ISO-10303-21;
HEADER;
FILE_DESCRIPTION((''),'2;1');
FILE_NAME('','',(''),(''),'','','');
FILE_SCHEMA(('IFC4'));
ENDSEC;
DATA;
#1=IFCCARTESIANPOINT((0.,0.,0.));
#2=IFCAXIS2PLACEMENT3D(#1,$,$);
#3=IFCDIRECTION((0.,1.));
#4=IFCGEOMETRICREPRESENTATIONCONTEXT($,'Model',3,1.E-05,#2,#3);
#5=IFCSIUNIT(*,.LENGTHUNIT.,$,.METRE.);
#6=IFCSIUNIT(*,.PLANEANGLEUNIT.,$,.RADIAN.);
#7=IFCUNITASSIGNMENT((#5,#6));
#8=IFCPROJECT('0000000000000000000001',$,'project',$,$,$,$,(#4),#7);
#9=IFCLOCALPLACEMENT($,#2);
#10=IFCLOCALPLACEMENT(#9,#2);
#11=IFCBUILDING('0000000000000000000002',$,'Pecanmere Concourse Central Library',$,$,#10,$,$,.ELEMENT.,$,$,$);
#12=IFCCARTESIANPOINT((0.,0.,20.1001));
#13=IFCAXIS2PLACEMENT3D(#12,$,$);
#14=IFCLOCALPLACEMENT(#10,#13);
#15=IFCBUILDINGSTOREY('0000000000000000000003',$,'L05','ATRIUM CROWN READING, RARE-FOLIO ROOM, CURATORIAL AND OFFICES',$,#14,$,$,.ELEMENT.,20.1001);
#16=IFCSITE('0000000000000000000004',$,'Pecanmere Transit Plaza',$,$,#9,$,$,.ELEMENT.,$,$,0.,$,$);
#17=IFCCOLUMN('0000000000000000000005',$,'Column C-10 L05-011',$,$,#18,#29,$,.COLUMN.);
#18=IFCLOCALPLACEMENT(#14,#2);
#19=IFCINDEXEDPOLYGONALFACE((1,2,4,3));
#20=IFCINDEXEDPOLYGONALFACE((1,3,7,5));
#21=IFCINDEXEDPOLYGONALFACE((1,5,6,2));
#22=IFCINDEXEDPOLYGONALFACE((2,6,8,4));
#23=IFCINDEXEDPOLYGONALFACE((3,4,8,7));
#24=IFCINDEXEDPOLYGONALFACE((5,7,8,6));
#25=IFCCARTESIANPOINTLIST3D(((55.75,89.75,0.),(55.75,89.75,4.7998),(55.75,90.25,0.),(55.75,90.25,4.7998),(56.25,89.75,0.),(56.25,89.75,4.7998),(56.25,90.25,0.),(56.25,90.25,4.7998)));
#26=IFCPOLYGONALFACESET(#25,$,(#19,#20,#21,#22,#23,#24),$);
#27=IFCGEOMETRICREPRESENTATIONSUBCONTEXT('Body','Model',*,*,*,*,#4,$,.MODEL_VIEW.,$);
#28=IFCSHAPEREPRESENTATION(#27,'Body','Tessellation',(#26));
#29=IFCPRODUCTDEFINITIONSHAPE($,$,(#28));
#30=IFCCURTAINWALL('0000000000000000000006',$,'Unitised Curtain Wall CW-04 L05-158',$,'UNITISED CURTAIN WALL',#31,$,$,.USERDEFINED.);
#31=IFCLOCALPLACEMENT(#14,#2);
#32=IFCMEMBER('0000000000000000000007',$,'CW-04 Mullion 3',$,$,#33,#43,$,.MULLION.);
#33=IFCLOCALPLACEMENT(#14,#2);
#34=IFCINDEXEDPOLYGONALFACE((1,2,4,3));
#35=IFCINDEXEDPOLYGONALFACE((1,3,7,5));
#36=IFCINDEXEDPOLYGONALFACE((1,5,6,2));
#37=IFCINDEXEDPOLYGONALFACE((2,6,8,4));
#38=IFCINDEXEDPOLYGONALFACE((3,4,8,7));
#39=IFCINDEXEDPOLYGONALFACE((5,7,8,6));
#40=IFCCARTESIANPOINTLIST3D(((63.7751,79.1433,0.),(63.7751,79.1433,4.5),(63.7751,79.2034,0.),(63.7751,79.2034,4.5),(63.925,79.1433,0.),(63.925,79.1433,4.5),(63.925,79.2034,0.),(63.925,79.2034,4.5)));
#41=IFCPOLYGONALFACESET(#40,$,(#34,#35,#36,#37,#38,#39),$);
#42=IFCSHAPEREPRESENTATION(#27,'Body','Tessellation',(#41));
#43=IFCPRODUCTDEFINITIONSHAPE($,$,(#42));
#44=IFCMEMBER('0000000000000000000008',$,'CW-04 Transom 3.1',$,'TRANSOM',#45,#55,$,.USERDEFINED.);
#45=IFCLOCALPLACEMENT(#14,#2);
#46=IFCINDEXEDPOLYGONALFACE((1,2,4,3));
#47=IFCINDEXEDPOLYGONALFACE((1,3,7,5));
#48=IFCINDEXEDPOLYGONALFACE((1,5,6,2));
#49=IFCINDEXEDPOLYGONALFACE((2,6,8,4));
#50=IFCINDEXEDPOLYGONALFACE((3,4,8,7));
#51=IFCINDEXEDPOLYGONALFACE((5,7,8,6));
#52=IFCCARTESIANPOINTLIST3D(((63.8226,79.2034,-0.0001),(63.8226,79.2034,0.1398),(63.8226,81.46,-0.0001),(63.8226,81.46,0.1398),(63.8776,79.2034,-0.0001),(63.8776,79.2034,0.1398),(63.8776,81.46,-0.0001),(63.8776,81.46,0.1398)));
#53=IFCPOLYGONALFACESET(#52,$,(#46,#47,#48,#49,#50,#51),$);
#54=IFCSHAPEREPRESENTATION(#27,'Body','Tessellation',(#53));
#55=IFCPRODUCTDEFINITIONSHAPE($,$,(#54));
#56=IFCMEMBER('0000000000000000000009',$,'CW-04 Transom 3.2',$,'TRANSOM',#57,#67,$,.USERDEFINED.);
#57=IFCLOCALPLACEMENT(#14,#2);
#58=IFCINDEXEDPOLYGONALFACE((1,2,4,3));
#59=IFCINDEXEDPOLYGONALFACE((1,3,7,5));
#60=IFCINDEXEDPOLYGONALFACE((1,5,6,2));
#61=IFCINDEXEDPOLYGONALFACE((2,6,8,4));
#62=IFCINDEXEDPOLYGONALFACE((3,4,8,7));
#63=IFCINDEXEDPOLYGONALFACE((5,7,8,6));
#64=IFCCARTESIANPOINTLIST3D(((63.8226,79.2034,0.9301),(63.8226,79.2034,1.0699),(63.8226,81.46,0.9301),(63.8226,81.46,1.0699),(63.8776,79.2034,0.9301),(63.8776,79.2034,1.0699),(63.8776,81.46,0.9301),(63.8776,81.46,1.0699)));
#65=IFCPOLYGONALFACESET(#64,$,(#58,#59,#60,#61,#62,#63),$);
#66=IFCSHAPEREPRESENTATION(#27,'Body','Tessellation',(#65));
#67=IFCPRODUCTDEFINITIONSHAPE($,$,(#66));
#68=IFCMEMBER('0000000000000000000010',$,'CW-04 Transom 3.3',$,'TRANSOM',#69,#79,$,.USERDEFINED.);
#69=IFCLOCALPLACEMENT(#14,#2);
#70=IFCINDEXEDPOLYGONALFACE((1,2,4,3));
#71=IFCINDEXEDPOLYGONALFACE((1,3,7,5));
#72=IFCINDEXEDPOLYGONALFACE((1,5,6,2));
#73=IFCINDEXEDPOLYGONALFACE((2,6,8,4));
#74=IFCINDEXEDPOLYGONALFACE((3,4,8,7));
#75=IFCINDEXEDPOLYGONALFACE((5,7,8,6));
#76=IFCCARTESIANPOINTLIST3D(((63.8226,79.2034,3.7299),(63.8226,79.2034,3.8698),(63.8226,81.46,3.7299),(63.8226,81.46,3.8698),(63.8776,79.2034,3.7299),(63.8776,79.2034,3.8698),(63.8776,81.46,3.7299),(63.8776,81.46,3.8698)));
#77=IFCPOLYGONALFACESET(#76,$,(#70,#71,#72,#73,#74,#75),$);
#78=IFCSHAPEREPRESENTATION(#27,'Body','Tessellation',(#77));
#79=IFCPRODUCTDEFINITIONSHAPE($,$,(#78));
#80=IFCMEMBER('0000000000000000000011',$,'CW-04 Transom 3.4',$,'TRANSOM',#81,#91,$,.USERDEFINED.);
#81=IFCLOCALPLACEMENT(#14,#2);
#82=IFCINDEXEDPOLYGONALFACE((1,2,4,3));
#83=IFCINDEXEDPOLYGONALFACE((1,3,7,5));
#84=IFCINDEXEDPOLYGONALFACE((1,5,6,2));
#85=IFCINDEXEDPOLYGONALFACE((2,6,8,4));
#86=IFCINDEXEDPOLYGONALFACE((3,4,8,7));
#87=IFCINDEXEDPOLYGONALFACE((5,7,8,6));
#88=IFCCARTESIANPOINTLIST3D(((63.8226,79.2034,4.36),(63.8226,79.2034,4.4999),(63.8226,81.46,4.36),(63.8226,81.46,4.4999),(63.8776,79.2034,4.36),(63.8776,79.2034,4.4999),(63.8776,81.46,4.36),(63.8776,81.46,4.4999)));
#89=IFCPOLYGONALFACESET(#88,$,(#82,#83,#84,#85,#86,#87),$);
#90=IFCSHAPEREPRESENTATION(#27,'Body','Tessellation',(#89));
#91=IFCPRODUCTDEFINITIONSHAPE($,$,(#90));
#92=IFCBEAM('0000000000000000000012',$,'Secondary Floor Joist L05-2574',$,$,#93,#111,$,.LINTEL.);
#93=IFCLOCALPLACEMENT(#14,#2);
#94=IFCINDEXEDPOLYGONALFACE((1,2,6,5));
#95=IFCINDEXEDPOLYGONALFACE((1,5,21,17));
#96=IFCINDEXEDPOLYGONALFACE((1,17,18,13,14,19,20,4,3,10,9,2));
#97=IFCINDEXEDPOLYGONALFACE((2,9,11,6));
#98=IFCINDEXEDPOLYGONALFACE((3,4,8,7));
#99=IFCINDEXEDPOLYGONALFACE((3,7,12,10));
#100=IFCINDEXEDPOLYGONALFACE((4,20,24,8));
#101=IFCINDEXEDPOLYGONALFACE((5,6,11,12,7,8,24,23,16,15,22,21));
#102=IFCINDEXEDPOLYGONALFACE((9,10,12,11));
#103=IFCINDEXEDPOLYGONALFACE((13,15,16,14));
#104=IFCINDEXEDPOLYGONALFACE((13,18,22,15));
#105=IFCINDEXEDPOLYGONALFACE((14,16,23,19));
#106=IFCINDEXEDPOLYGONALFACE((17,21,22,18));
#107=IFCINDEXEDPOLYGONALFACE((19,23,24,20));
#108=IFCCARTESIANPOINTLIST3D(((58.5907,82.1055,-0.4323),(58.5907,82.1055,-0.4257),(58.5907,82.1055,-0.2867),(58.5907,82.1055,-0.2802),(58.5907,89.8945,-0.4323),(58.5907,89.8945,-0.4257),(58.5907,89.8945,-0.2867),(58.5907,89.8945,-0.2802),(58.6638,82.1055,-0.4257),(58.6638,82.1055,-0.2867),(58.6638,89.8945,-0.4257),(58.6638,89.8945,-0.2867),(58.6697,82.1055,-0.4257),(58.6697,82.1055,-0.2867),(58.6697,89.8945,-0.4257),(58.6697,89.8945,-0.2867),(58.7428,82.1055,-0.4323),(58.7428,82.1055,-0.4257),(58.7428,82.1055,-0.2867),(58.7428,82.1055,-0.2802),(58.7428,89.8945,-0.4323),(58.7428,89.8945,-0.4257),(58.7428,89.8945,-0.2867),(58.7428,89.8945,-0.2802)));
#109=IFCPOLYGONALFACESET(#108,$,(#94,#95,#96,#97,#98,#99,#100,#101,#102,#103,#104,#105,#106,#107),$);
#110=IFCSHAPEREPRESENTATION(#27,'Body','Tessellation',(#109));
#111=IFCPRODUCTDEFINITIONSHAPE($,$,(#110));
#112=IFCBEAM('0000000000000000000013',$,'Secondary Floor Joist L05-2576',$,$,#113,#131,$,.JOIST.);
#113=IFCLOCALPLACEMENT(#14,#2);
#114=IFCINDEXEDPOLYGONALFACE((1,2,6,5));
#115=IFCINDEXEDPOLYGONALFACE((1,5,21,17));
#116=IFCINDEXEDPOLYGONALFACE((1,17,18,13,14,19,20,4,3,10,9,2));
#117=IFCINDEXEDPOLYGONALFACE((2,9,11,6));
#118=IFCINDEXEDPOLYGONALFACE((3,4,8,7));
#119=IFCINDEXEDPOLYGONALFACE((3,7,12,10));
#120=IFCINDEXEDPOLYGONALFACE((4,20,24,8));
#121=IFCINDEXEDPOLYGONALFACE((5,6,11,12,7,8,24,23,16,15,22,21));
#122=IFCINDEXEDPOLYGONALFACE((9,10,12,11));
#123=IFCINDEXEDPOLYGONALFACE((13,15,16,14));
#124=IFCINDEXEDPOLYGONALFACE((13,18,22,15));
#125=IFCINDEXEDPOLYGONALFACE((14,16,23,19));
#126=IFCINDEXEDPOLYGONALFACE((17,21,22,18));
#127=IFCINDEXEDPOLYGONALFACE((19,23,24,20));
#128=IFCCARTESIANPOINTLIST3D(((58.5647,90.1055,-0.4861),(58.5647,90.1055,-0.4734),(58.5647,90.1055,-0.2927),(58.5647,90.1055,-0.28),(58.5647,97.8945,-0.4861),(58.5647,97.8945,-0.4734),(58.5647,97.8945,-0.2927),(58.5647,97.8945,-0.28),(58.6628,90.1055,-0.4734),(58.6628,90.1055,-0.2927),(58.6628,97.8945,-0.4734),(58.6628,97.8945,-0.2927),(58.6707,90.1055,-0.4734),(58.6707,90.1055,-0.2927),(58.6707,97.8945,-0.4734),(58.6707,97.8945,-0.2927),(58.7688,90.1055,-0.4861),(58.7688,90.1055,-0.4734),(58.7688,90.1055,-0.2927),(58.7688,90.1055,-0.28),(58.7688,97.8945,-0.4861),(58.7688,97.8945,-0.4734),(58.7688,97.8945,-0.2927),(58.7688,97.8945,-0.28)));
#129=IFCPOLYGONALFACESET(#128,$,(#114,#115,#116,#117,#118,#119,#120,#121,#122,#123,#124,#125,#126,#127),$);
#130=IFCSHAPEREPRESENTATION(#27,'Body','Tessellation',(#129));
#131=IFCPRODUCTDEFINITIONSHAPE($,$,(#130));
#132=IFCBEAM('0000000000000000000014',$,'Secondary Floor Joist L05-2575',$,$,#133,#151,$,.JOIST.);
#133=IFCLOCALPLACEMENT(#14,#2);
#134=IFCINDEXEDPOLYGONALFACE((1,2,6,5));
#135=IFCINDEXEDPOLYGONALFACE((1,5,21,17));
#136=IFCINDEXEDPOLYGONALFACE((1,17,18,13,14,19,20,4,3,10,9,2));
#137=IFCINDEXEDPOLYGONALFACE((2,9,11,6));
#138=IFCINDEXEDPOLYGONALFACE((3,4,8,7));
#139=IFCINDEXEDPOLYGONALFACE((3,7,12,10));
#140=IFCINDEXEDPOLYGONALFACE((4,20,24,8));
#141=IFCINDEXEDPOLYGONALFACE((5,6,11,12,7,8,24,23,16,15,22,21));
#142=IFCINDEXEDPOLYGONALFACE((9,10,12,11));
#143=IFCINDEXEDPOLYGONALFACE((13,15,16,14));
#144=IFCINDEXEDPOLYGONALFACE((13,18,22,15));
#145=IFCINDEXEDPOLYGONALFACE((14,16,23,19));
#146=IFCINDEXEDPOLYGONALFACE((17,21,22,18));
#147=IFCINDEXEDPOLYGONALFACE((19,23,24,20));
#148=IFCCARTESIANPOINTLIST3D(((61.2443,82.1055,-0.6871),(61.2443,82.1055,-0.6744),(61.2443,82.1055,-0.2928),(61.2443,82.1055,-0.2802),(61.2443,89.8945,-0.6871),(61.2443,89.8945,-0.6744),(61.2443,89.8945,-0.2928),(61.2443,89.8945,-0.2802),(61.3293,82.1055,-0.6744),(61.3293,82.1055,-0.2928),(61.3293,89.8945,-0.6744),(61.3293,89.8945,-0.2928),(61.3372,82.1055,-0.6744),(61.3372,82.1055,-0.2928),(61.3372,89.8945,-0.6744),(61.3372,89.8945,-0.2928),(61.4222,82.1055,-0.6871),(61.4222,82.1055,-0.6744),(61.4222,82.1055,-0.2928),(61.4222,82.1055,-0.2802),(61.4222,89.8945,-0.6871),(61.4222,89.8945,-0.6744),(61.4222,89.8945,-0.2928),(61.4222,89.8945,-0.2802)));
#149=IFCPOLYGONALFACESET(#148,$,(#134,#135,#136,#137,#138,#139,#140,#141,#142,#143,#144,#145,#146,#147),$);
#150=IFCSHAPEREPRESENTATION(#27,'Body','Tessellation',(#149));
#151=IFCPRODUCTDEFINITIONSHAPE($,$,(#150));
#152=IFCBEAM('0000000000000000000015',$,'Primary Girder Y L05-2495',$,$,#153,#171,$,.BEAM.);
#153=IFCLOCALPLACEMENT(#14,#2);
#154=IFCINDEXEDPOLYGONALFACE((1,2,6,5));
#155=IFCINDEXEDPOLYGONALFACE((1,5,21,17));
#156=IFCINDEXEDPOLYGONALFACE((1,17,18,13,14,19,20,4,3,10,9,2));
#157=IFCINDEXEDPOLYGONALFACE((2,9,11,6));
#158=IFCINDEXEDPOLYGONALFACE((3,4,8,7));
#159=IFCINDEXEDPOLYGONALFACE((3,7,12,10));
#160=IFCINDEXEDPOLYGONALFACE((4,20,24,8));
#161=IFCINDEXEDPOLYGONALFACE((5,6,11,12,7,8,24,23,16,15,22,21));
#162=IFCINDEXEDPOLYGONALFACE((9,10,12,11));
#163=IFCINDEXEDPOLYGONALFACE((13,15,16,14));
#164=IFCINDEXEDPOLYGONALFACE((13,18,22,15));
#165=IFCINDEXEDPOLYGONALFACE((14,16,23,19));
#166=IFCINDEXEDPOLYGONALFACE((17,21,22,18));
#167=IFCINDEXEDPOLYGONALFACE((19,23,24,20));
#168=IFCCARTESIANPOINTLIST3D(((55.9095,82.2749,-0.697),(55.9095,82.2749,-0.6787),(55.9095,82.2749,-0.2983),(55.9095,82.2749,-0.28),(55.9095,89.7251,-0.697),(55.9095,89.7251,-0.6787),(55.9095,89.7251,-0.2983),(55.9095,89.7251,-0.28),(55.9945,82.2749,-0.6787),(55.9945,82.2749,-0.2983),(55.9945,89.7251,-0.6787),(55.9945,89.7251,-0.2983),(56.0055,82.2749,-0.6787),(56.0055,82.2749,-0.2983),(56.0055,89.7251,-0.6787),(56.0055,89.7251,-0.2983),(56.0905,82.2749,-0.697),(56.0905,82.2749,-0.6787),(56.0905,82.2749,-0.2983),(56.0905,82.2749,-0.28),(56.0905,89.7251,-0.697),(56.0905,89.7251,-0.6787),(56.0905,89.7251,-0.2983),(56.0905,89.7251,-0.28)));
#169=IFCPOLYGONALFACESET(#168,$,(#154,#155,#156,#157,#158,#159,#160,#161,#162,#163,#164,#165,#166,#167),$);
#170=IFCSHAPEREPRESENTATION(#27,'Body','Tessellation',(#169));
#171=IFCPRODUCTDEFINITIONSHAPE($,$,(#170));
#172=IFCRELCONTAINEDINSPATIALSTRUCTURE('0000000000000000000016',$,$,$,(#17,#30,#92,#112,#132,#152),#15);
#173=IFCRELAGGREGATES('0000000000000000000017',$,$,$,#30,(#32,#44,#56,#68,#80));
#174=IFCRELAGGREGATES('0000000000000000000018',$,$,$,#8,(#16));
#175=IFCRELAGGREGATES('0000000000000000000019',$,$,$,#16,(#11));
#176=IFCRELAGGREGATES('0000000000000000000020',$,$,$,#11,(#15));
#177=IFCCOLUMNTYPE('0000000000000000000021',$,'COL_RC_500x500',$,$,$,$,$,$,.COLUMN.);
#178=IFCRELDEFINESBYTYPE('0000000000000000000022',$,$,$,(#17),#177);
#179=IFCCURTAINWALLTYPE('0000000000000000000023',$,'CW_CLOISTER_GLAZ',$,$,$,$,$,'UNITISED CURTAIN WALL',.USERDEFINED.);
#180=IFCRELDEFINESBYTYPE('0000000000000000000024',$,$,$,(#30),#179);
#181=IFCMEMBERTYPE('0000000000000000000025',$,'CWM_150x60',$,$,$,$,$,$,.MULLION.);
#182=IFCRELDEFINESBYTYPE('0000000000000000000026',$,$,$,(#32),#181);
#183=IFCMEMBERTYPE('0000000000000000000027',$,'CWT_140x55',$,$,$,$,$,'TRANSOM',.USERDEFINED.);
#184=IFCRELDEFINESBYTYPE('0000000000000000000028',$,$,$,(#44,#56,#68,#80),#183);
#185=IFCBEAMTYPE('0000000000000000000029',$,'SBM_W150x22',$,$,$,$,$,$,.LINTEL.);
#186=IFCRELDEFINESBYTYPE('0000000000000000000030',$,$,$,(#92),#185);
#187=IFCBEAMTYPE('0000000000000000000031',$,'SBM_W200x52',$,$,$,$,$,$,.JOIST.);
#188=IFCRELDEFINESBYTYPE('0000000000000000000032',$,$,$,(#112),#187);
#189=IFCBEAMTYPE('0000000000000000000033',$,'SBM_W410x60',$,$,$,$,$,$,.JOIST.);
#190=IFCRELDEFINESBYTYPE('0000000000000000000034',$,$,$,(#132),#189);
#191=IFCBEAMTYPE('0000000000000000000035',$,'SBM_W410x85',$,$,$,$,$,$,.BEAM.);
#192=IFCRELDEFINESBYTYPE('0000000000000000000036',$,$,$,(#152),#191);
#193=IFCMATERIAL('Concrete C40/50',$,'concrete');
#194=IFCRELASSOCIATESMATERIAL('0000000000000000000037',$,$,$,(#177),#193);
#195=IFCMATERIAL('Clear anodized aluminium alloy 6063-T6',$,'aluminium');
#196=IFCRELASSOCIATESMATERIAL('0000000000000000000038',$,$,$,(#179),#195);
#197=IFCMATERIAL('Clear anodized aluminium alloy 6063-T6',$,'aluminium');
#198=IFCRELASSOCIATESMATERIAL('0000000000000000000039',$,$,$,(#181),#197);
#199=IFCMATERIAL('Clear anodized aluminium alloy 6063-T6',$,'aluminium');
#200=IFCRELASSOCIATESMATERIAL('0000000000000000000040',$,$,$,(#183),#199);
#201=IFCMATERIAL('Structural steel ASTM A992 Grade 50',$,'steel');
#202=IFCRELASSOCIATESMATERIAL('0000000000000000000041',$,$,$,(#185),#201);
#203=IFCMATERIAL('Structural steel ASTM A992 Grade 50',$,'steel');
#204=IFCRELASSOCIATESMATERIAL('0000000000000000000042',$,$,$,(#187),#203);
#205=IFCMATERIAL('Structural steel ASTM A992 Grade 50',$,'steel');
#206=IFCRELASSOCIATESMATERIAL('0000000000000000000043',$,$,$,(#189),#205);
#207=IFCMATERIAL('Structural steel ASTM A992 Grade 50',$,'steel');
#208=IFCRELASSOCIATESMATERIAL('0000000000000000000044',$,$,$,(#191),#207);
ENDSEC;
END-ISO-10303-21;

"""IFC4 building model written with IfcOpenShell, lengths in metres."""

from ifc_helpers import new_model, si_unit, direction, frame, origin, origin_2d, place, context, subcontext, project, spatial, rectangle, i_section, extrude, material, material_profile, profile_set, type_object, element, aggregate, save


model = new_model("IFC4")

# Units and contexts
model_context = context("Model", 3, precision=1e-05, world=origin(), true_north=direction((0.0, 1.0)))
body_context = subcontext(model_context, "Body", "Model", "MODEL_VIEW")
ifc_project = project(units=[si_unit("LENGTHUNIT", "METRE"), si_unit("PLANEANGLEUNIT", "RADIAN")], contexts=[model_context])

# Site, building, storey
site_placement = place(None, origin())
site = spatial("IfcSite", under=ifc_project, at=site_placement, Name="Pecanmere Transit Plaza", CompositionType="ELEMENT", RefElevation=0.0)
building_placement = place(site_placement, origin())
building = spatial("IfcBuilding", under=site, at=building_placement, Name="Pecanmere Concourse Central Library", CompositionType="ELEMENT")
storey_placement = place(building_placement, frame((0.0, 0.0, 20.1001)))
storey = spatial("IfcBuildingStorey", under=building, at=storey_placement, Name="L05", Description="ATRIUM CROWN READING, RARE-FOLIO ROOM, CURATORIAL AND OFFICES", CompositionType="ELEMENT", Elevation=20.1001)

# Column
ifc_material_1 = material(Name="Concrete C40/50", Category="concrete")
ifc_material_profile_1 = material_profile(ifc_material_1, rectangle(XDim=0.5, YDim=0.5, at=origin_2d()), Name="RC 500x500")
ifc_profile_set_1 = profile_set([ifc_material_profile_1], Name="Concrete C40/50")
column_type = type_object("IfcColumnType", Name="COL_RC_500x500", PredefinedType="COLUMN", material=ifc_profile_set_1)
column_placement = place(storey_placement, frame((56.0, 90.0, 0.0), z_axis=(0.0, 0.0, 1.0), x_axis=(1.0, 0.0, 0.0)))
element("IfcColumn", 1, at=column_placement, inside=storey, type_object=column_type, Name="Column C-10 L05-011", PredefinedType="COLUMN", context=body_context, shape_type="SweptSolid", body=[
    extrude(rectangle(XDim=0.5, YDim=0.5, at=origin_2d()), origin(), (0.0, 0.0, 1.0), 4.7998),
])

# Curtain wall, members
ifc_material_2 = material(Name="Clear anodized aluminium alloy 6063-T6", Category="aluminium")
curtain_wall_type = type_object("IfcCurtainWallType", Name="CW_CLOISTER_GLAZ", ElementType="UNITISED CURTAIN WALL", PredefinedType="USERDEFINED", material=ifc_material_2)
curtain_wall_placement = place(storey_placement, origin())
curtain_wall = element("IfcCurtainWall", 2, at=curtain_wall_placement, inside=storey, type_object=curtain_wall_type, Name="Unitised Curtain Wall CW-04 L05-158", ObjectType="UNITISED CURTAIN WALL", PredefinedType="USERDEFINED")
ifc_material_3 = material(Name="Clear anodized aluminium alloy 6063-T6", Category="aluminium")
ifc_material_profile_2 = material_profile(ifc_material_3, rectangle(XDim=0.0601, YDim=0.1499, at=origin_2d()), Name="AL 60x150")
ifc_profile_set_2 = profile_set([ifc_material_profile_2], Name="Clear anodized aluminium alloy 6063-T6")
member_type_1 = type_object("IfcMemberType", Name="CWM_150x60", PredefinedType="MULLION", material=ifc_profile_set_2)
member_1_placement = place(storey_placement, frame((63.8501, 79.1733, 0.0), z_axis=(0.0, 0.0, 1.0), x_axis=(0.0, 1.0, 0.0)))
member_1 = element("IfcMember", 3, at=member_1_placement, type_object=member_type_1, Name="CW-04 Mullion 3", PredefinedType="MULLION", context=body_context, shape_type="SweptSolid", body=[
    extrude(rectangle(XDim=0.0601, YDim=0.1499, at=origin_2d()), origin(), (0.0, 0.0, 1.0), 4.5),
])
ifc_material_4 = material(Name="Clear anodized aluminium alloy 6063-T6", Category="aluminium")
ifc_material_profile_3 = material_profile(ifc_material_4, rectangle(XDim=0.0549, YDim=0.1399, at=origin_2d()), Name="AL 55x140")
ifc_profile_set_3 = profile_set([ifc_material_profile_3], Name="Clear anodized aluminium alloy 6063-T6")
member_type_2 = type_object("IfcMemberType", Name="CWT_140x55", ElementType="TRANSOM", PredefinedType="USERDEFINED", material=ifc_profile_set_3)
member_2_placement = place(storey_placement, frame((63.8501, 79.2034, 0.0698), z_axis=(0.0, 1.0, 0.0), x_axis=(-1.0, 0.0, 0.0)))
member_2 = element("IfcMember", 4, at=member_2_placement, type_object=member_type_2, Name="CW-04 Transom 3.1", ObjectType="TRANSOM", PredefinedType="USERDEFINED", context=body_context, shape_type="SweptSolid", body=[
    extrude(rectangle(XDim=0.0549, YDim=0.1399, at=origin_2d()), origin(), (0.0, 0.0, 1.0), 2.2566),
])
member_3_placement = place(storey_placement, frame((63.8501, 79.2034, 1.0), z_axis=(0.0, 1.0, 0.0), x_axis=(-1.0, 0.0, 0.0)))
member_3 = element("IfcMember", 5, at=member_3_placement, type_object=member_type_2, Name="CW-04 Transom 3.2", ObjectType="TRANSOM", PredefinedType="USERDEFINED", context=body_context, shape_type="SweptSolid", body=[
    extrude(rectangle(XDim=0.0549, YDim=0.1399, at=origin_2d()), origin(), (0.0, 0.0, 1.0), 2.2566),
])
member_4_placement = place(storey_placement, frame((63.8501, 79.2034, 3.7998), z_axis=(0.0, 1.0, 0.0), x_axis=(-1.0, 0.0, 0.0)))
member_4 = element("IfcMember", 6, at=member_4_placement, type_object=member_type_2, Name="CW-04 Transom 3.3", ObjectType="TRANSOM", PredefinedType="USERDEFINED", context=body_context, shape_type="SweptSolid", body=[
    extrude(rectangle(XDim=0.0549, YDim=0.1399, at=origin_2d()), origin(), (0.0, 0.0, 1.0), 2.2566),
])
member_5_placement = place(storey_placement, frame((63.8501, 79.2034, 4.4299), z_axis=(0.0, 1.0, 0.0), x_axis=(-1.0, 0.0, 0.0)))
member_5 = element("IfcMember", 7, at=member_5_placement, type_object=member_type_2, Name="CW-04 Transom 3.4", ObjectType="TRANSOM", PredefinedType="USERDEFINED", context=body_context, shape_type="SweptSolid", body=[
    extrude(rectangle(XDim=0.0549, YDim=0.1399, at=origin_2d()), origin(), (0.0, 0.0, 1.0), 2.2566),
])

# Beams
ifc_material_5 = material(Name="Structural steel ASTM A992 Grade 50", Category="steel")
ifc_material_profile_4 = material_profile(ifc_material_5, i_section(OverallWidth=0.1521, OverallDepth=0.1521, WebThickness=0.0059, FlangeThickness=0.0066, at=origin_2d()), Name="W150x22.5")
ifc_profile_set_4 = profile_set([ifc_material_profile_4], Name="Structural steel ASTM A992 Grade 50")
beam_type_1 = type_object("IfcBeamType", Name="SBM_W150x22", PredefinedType="LINTEL", material=ifc_profile_set_4)
beam_1_placement = place(storey_placement, frame((58.6667, 82.1055, -0.3562), z_axis=(0.0, 1.0, 0.0), x_axis=(-1.0, 0.0, 0.0)))
element("IfcBeam", 8, at=beam_1_placement, inside=storey, type_object=beam_type_1, Name="Secondary Floor Joist L05-2574", PredefinedType="LINTEL", context=body_context, shape_type="SweptSolid", body=[
    extrude(i_section(OverallWidth=0.1521, OverallDepth=0.1521, WebThickness=0.0059, FlangeThickness=0.0066, at=origin_2d()), origin(), (0.0, 0.0, 1.0), 7.7891),
])
ifc_material_6 = material(Name="Structural steel ASTM A992 Grade 50", Category="steel")
ifc_material_profile_5 = material_profile(ifc_material_6, i_section(OverallWidth=0.2041, OverallDepth=0.2061, WebThickness=0.0078, FlangeThickness=0.0127, at=origin_2d()), Name="W200x52")
ifc_profile_set_5 = profile_set([ifc_material_profile_5], Name="Structural steel ASTM A992 Grade 50")
beam_type_2 = type_object("IfcBeamType", Name="SBM_W200x52", PredefinedType="JOIST", material=ifc_profile_set_5)
beam_2_placement = place(storey_placement, frame((58.6667, 90.1055, -0.3831), z_axis=(0.0, 1.0, 0.0), x_axis=(-1.0, 0.0, 0.0)))
element("IfcBeam", 9, at=beam_2_placement, inside=storey, type_object=beam_type_2, Name="Secondary Floor Joist L05-2576", PredefinedType="JOIST", context=body_context, shape_type="SweptSolid", body=[
    extrude(i_section(OverallWidth=0.2041, OverallDepth=0.2061, WebThickness=0.0078, FlangeThickness=0.0127, at=origin_2d()), origin(), (0.0, 0.0, 1.0), 7.7891),
])
ifc_material_7 = material(Name="Structural steel ASTM A992 Grade 50", Category="steel")
ifc_material_profile_6 = material_profile(ifc_material_7, i_section(OverallWidth=0.178, OverallDepth=0.407, WebThickness=0.0078, FlangeThickness=0.0127, at=origin_2d()), Name="W410x60")
ifc_profile_set_6 = profile_set([ifc_material_profile_6], Name="Structural steel ASTM A992 Grade 50")
beam_type_3 = type_object("IfcBeamType", Name="SBM_W410x60", PredefinedType="JOIST", material=ifc_profile_set_6)
beam_3_placement = place(storey_placement, frame((61.3333, 82.1055, -0.4836), z_axis=(0.0, 1.0, 0.0), x_axis=(-1.0, 0.0, 0.0)))
element("IfcBeam", 10, at=beam_3_placement, inside=storey, type_object=beam_type_3, Name="Secondary Floor Joist L05-2575", PredefinedType="JOIST", context=body_context, shape_type="SweptSolid", body=[
    extrude(i_section(OverallWidth=0.178, OverallDepth=0.407, WebThickness=0.0078, FlangeThickness=0.0127, at=origin_2d()), origin(), (0.0, 0.0, 1.0), 7.7891),
])
ifc_material_8 = material(Name="Structural steel ASTM A992 Grade 50", Category="steel")
ifc_material_profile_7 = material_profile(ifc_material_8, i_section(OverallWidth=0.1809, OverallDepth=0.417, WebThickness=0.011, FlangeThickness=0.0183, at=origin_2d()), Name="W410x85")
ifc_profile_set_7 = profile_set([ifc_material_profile_7], Name="Structural steel ASTM A992 Grade 50")
beam_type_4 = type_object("IfcBeamType", Name="SBM_W410x85", PredefinedType="BEAM", material=ifc_profile_set_7)
for number, where, z_axis, x_axis, name in (
    (11, (56.0, 82.2749, -0.4885), (0.0, 1.0, 0.0), (-1.0, 0.0, 0.0), "Primary Girder Y L05-2495"),
):
    element("IfcBeam", number, at=place(storey_placement, frame(where, z_axis=z_axis, x_axis=x_axis)), inside=storey, type_object=beam_type_4, Name=name, PredefinedType="BEAM", context=body_context, shape_type="SweptSolid", body=[
        extrude(i_section(OverallWidth=0.1809, OverallDepth=0.417, WebThickness=0.011, FlangeThickness=0.0183, at=origin_2d()), origin(), (0.0, 0.0, 1.0), 7.4502),
    ])

aggregate(curtain_wall, [member_1, member_2, member_3, member_4, member_5])

save(model, "model.ifc")
